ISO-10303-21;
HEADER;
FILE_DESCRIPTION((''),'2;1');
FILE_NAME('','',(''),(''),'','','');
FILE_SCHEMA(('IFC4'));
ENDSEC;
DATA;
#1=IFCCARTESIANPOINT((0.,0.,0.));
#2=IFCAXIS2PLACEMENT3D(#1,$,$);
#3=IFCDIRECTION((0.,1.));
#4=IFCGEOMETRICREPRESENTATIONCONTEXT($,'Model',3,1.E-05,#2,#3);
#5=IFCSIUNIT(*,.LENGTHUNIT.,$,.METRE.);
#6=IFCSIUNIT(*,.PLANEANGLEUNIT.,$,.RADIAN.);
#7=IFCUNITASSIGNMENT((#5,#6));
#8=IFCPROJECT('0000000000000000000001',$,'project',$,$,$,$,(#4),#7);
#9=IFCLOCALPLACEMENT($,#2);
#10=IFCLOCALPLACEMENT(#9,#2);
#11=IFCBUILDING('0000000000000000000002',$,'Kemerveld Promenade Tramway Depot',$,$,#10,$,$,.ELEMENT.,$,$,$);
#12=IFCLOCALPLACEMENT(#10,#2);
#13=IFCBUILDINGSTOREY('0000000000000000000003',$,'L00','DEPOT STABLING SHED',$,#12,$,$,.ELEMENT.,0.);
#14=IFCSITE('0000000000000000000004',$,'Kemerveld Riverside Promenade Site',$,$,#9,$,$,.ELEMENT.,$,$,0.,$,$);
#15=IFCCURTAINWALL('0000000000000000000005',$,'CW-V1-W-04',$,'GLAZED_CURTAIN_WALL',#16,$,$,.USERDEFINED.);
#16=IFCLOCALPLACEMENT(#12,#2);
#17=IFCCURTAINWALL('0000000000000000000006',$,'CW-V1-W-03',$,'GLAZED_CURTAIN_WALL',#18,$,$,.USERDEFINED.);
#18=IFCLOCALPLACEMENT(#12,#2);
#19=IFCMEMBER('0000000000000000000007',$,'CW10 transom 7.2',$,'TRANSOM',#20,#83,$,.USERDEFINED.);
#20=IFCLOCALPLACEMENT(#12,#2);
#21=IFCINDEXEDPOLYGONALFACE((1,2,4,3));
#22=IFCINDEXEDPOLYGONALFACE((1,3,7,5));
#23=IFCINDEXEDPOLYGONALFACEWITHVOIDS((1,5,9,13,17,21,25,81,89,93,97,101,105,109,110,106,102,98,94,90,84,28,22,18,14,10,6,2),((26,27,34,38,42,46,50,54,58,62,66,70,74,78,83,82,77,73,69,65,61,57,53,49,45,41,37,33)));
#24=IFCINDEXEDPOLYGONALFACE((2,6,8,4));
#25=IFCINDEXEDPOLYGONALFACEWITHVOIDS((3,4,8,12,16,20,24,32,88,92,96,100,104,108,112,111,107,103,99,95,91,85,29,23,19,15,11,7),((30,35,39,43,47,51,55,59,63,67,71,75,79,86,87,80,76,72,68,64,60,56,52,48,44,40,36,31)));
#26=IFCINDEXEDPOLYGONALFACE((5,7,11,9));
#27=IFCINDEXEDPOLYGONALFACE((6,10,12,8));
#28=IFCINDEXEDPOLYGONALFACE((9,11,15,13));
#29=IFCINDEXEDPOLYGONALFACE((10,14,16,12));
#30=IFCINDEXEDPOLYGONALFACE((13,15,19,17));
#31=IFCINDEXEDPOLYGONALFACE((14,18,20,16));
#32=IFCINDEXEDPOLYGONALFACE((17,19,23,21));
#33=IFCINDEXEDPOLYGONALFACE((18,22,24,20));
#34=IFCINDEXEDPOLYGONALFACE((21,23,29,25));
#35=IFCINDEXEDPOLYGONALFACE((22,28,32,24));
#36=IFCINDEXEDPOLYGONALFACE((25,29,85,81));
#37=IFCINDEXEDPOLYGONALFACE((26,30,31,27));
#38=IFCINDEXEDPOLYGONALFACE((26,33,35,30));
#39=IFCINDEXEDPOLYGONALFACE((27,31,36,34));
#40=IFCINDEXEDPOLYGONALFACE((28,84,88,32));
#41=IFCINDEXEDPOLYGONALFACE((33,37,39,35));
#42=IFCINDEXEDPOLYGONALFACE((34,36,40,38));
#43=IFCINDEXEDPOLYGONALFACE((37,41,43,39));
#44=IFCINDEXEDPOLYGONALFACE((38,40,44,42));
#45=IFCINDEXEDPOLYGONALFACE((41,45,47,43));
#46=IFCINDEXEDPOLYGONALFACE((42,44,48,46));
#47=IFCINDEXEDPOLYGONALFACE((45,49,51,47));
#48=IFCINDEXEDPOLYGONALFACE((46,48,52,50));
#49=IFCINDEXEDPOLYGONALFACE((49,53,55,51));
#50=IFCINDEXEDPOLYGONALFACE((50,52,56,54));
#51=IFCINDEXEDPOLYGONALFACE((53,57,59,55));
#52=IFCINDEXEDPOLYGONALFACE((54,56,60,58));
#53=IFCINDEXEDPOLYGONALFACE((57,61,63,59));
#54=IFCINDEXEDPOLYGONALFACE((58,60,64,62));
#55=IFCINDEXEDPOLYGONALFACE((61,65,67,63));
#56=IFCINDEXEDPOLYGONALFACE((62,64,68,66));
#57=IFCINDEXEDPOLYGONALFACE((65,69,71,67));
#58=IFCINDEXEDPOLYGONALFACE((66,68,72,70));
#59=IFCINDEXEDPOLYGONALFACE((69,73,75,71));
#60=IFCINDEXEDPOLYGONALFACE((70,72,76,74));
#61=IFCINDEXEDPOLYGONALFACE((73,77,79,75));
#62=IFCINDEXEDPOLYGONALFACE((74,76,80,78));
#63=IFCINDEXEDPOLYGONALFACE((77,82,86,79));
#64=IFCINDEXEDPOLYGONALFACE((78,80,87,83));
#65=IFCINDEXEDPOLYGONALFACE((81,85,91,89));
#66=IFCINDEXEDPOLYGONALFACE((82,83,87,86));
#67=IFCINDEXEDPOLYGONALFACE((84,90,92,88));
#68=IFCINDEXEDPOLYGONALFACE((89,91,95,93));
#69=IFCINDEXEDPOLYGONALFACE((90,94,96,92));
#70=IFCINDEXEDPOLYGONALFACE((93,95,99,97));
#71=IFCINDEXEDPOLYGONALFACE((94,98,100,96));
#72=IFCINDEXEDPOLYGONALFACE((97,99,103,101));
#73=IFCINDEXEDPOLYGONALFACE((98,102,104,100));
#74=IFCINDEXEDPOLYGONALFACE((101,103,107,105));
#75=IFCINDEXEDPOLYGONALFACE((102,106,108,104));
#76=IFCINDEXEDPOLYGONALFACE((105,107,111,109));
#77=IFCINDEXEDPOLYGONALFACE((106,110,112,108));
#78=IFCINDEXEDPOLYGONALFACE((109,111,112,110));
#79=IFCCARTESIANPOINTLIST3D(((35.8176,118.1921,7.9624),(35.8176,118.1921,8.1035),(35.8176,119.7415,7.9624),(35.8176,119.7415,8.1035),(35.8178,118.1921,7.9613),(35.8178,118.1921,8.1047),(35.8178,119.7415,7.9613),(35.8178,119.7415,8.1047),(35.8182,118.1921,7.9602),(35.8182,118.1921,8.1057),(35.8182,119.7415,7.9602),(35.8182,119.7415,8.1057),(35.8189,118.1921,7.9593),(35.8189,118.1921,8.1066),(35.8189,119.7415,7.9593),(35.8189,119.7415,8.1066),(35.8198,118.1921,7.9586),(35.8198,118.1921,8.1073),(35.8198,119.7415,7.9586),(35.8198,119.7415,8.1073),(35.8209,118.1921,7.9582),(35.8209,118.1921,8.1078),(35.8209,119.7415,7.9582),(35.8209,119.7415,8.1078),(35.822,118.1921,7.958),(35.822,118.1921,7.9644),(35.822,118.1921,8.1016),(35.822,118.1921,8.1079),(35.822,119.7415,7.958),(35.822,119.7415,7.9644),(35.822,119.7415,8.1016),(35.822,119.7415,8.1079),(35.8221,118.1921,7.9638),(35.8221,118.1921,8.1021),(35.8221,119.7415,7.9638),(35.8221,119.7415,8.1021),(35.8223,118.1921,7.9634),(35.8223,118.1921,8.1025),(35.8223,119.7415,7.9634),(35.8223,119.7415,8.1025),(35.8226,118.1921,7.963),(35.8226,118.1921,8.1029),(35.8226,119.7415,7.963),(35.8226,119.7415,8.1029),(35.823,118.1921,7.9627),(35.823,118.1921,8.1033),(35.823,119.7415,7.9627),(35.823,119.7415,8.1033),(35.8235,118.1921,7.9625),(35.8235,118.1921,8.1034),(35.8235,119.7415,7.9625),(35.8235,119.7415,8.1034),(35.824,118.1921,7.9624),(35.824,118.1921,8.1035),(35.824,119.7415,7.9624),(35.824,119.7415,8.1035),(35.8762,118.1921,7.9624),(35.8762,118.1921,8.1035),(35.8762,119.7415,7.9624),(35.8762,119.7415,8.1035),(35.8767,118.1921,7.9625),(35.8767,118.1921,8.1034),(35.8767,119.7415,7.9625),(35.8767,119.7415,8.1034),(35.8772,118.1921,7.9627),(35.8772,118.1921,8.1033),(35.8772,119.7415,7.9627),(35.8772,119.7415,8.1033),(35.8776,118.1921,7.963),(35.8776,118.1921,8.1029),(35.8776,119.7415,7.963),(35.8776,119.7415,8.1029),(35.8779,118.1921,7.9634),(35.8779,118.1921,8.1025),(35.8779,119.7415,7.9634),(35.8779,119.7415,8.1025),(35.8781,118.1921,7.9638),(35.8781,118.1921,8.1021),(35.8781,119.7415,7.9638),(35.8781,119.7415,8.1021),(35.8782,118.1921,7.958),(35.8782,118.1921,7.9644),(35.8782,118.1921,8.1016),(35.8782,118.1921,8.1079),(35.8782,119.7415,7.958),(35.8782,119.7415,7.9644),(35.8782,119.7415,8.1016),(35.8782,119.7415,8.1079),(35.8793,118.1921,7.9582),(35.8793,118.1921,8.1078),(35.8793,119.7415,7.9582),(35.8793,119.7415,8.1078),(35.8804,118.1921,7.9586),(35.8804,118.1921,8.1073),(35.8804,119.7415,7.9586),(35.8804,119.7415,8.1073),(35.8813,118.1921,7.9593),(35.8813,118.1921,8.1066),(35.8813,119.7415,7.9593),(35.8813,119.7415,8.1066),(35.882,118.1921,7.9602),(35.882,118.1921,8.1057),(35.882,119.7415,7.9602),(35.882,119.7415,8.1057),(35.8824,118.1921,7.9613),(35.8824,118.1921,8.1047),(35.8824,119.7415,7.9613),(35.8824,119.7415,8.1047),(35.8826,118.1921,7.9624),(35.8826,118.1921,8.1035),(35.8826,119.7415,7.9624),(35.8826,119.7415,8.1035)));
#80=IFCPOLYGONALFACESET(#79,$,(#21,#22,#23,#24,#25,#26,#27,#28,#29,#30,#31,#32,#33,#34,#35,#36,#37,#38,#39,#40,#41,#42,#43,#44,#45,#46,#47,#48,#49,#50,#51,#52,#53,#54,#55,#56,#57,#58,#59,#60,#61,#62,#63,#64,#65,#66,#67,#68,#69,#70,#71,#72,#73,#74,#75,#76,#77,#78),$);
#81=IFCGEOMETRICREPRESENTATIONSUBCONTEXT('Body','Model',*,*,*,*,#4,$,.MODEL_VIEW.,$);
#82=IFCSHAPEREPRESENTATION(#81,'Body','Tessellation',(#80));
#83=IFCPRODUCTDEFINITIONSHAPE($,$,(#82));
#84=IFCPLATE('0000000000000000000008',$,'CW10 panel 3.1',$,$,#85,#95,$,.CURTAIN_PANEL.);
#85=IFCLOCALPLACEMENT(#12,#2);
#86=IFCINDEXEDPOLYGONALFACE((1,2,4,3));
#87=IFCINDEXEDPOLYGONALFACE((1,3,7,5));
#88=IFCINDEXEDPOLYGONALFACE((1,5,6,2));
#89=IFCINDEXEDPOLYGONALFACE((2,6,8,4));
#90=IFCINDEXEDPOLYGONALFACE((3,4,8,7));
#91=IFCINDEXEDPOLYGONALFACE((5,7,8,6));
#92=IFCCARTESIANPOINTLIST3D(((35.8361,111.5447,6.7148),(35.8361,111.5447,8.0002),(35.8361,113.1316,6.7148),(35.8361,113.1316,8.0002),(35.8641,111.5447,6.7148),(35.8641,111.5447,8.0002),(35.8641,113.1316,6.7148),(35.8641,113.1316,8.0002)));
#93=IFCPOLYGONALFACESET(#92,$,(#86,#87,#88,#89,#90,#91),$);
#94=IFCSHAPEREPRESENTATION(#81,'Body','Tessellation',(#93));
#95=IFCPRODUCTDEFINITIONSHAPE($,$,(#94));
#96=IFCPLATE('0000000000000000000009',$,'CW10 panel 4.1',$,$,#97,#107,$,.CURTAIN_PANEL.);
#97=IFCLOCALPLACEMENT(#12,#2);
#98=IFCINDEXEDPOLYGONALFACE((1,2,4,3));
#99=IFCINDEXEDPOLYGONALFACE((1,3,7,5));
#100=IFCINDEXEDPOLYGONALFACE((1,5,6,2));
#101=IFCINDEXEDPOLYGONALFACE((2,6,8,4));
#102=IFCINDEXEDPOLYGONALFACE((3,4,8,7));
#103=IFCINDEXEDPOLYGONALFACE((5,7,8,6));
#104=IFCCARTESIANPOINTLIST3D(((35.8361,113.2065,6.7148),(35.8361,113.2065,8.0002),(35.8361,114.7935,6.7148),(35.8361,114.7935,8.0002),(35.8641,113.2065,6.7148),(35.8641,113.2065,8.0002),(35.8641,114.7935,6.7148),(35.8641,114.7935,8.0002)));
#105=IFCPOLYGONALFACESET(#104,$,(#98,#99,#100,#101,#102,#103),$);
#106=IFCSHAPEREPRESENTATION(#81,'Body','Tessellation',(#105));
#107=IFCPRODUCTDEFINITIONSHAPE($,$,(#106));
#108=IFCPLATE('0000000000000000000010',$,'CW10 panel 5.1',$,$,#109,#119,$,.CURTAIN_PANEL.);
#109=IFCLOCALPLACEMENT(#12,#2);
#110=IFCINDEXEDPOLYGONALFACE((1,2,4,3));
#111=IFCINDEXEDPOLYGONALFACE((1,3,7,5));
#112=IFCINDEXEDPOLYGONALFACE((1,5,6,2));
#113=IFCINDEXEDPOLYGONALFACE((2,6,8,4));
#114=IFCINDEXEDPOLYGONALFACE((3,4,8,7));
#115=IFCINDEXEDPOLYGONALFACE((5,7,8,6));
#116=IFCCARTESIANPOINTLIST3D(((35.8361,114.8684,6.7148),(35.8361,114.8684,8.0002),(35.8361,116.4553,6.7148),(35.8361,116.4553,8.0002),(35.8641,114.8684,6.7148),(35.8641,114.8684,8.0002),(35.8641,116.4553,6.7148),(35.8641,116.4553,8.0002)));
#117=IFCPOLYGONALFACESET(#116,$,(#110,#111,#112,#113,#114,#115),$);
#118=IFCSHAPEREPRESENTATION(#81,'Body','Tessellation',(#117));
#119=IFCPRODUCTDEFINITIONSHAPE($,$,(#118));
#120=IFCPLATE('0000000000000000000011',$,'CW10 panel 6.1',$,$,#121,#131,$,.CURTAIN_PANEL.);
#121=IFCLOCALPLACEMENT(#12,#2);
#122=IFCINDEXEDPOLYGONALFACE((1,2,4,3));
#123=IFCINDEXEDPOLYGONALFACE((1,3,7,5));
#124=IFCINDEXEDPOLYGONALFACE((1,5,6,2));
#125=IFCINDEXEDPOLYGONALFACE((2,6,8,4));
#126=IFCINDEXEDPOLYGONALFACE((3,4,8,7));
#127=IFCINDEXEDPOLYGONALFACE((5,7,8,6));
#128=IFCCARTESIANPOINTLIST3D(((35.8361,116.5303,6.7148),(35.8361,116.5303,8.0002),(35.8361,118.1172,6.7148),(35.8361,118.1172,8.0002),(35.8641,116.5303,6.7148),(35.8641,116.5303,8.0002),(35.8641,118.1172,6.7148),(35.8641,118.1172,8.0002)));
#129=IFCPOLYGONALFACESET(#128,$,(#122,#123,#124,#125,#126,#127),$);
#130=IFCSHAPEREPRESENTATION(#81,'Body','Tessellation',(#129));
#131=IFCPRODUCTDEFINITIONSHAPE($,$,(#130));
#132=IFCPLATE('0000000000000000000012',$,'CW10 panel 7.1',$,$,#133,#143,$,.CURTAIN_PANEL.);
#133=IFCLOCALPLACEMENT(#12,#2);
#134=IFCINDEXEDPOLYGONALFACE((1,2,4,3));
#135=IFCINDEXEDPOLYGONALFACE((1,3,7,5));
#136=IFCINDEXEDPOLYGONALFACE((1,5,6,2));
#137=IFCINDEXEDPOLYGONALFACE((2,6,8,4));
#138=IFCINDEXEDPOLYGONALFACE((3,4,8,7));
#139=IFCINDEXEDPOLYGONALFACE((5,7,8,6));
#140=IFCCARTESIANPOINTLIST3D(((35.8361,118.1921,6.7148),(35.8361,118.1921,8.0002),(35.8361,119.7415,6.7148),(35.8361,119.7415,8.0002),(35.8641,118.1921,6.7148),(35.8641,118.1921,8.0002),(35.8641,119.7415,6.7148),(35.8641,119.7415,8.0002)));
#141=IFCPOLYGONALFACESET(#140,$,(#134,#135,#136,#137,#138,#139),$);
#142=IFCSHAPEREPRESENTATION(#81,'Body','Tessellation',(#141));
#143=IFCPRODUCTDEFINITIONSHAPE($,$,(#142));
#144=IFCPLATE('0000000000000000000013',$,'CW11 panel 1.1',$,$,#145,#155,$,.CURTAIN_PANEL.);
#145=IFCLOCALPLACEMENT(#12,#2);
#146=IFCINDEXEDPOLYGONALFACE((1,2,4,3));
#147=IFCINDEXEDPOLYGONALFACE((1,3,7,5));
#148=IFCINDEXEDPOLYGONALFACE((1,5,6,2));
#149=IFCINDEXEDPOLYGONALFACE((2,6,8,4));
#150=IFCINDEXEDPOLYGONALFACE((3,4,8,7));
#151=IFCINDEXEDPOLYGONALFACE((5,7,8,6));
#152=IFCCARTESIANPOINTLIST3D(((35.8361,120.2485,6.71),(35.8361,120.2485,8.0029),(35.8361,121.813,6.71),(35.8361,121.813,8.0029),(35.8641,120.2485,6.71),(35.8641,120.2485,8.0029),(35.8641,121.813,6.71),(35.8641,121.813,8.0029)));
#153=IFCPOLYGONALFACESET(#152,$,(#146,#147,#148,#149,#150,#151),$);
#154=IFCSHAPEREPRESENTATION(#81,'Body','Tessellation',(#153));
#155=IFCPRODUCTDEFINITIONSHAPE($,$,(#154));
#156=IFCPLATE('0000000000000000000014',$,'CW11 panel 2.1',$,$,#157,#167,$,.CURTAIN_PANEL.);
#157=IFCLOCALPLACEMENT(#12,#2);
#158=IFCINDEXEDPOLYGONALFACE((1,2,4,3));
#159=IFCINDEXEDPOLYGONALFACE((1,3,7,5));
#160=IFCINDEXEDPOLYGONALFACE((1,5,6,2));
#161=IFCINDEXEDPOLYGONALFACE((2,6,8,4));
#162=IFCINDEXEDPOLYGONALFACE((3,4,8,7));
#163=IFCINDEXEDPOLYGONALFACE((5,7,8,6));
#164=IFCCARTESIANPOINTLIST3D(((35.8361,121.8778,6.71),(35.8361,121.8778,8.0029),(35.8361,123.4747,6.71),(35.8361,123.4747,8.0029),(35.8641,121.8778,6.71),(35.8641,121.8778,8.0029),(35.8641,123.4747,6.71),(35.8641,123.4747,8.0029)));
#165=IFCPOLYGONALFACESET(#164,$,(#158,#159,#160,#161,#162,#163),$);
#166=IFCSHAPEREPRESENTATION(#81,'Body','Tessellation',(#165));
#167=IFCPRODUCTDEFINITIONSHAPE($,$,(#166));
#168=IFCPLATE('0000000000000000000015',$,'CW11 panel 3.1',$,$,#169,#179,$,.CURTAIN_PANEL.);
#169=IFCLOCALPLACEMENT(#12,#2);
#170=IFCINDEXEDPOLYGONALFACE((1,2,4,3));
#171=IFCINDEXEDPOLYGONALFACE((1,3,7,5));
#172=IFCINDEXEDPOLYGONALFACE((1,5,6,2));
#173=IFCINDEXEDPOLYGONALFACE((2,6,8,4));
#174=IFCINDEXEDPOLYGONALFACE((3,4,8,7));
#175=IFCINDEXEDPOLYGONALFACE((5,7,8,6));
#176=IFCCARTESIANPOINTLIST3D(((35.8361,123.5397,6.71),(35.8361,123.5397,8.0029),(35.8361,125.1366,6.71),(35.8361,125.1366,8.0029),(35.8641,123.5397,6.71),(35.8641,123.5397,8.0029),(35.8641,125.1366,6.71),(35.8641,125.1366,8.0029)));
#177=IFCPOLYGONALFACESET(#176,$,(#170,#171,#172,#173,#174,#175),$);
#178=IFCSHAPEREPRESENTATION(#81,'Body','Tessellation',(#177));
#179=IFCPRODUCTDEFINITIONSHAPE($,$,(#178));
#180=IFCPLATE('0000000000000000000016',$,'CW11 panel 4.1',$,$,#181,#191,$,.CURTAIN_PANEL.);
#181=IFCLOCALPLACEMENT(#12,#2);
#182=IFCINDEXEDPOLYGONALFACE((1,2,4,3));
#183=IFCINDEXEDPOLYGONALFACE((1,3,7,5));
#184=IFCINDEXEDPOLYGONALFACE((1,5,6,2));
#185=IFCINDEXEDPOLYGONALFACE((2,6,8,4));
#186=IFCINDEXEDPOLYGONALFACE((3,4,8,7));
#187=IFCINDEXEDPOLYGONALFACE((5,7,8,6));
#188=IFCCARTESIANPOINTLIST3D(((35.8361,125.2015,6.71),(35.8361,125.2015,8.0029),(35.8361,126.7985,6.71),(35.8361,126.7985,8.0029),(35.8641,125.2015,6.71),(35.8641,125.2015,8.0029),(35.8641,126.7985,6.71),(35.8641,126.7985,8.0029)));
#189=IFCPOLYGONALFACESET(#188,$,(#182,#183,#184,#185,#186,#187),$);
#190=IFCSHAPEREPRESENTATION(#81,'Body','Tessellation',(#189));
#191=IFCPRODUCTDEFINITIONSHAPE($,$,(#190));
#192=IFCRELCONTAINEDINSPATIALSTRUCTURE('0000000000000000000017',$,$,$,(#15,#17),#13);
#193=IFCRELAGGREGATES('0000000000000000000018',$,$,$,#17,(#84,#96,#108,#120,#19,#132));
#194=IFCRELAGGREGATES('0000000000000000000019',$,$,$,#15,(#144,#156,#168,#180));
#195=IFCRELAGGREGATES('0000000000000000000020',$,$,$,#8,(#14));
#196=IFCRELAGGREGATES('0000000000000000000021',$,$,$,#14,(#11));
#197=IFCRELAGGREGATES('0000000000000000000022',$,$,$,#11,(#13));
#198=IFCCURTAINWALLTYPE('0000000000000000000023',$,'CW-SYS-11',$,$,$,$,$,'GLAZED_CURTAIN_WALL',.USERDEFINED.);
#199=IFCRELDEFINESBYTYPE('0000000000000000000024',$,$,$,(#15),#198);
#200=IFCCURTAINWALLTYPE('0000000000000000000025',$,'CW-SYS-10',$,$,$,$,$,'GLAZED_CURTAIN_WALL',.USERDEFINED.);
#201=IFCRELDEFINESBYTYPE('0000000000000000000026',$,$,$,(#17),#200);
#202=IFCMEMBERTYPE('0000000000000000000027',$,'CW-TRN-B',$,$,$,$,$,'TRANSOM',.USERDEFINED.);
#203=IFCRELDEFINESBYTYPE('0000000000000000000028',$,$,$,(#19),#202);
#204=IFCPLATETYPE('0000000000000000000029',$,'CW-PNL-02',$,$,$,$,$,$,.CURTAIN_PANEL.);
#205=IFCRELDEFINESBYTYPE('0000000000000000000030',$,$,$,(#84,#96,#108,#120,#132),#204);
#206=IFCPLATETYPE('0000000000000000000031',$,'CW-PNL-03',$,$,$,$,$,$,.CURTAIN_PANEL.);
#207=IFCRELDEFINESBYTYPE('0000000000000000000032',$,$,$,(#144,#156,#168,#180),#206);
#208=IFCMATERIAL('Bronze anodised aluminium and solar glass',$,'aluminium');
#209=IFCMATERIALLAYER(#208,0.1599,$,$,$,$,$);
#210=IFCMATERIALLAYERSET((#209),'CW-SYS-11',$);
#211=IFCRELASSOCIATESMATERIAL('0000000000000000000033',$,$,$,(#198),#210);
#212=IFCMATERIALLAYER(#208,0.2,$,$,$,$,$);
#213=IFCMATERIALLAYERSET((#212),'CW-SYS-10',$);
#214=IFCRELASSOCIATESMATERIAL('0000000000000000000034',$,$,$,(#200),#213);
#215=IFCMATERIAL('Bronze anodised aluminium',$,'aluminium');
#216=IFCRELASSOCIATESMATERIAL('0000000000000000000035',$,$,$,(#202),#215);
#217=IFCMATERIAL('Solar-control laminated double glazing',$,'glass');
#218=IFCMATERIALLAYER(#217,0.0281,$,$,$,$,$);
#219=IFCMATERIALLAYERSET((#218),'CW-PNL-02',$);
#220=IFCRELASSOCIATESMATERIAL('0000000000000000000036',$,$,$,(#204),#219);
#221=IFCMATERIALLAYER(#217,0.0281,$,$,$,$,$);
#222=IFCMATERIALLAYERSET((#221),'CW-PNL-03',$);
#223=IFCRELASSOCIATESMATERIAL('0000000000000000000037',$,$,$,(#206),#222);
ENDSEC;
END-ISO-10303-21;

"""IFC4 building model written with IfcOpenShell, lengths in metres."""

from ifc_helpers import new_model, si_unit, direction, frame, origin, origin_2d, place, context, subcontext, project, spatial, rectangle, hollow_rectangle, extrude, material, layer, layer_set, material_profile, profile_set, type_object, element, aggregate, save


model = new_model("IFC4")

# Units and contexts
model_context = context("Model", 3, precision=1e-05, world=origin(), true_north=direction((0.0, 1.0)))
body_context = subcontext(model_context, "Body", "Model", "MODEL_VIEW")
ifc_project = project(units=[si_unit("LENGTHUNIT", "METRE"), si_unit("PLANEANGLEUNIT", "RADIAN")], contexts=[model_context])

# Site, building, storey
site_placement = place(None, origin())
site = spatial("IfcSite", under=ifc_project, at=site_placement, Name="Kemerveld Riverside Promenade Site", CompositionType="ELEMENT", RefElevation=0.0)
building_placement = place(site_placement, origin())
building = spatial("IfcBuilding", under=site, at=building_placement, Name="Kemerveld Promenade Tramway Depot", CompositionType="ELEMENT")
storey_placement = place(building_placement, origin())
storey = spatial("IfcBuildingStorey", under=building, at=storey_placement, Name="L00", Description="DEPOT STABLING SHED", CompositionType="ELEMENT", Elevation=0.0)

# Curtain walls
ifc_material_1 = material(Name="Bronze anodised aluminium and solar glass", Category="aluminium")
ifc_layer_1 = layer(ifc_material_1, 0.1599)
ifc_layer_set_1 = layer_set([ifc_layer_1], Name="CW-SYS-11")
curtain_wall_type_1 = type_object("IfcCurtainWallType", Name="CW-SYS-11", ElementType="GLAZED_CURTAIN_WALL", PredefinedType="USERDEFINED", material=ifc_layer_set_1)
curtain_wall_1_placement = place(storey_placement, origin())
curtain_wall_1 = element("IfcCurtainWall", 1, at=curtain_wall_1_placement, inside=storey, type_object=curtain_wall_type_1, Name="CW-V1-W-04", ObjectType="GLAZED_CURTAIN_WALL", PredefinedType="USERDEFINED")
ifc_material_2 = material(Name="Bronze anodised aluminium", Category="aluminium")
ifc_layer_2 = layer(ifc_material_1, 0.2)
ifc_layer_set_2 = layer_set([ifc_layer_2], Name="CW-SYS-10")
curtain_wall_type_2 = type_object("IfcCurtainWallType", Name="CW-SYS-10", ElementType="GLAZED_CURTAIN_WALL", PredefinedType="USERDEFINED", material=ifc_layer_set_2)
curtain_wall_2_placement = place(storey_placement, origin())
curtain_wall_2 = element("IfcCurtainWall", 2, at=curtain_wall_2_placement, inside=storey, type_object=curtain_wall_type_2, Name="CW-V1-W-03", ObjectType="GLAZED_CURTAIN_WALL", PredefinedType="USERDEFINED")

# Member
ifc_material_profile_1 = material_profile(ifc_material_2, hollow_rectangle(XDim=0.0649, YDim=0.1499, WallThickness=0.0044, InnerFilletRadius=0.002, OuterFilletRadius=0.0044, at=origin_2d()), Name="CW-TRN-150x65")
ifc_profile_set_1 = profile_set([ifc_material_profile_1], Name="Bronze anodised aluminium")
member_type_1 = type_object("IfcMemberType", Name="CW-TRN-B", ElementType="TRANSOM", PredefinedType="USERDEFINED", material=ifc_profile_set_1)
member_1_placement = place(storey_placement, frame((35.8501, 118.1921, 8.033), z_axis=(0.0, 1.0, 0.0), x_axis=(-1.0, 0.0, 0.0)))
member_1 = element("IfcMember", 3, at=member_1_placement, type_object=member_type_1, Name="CW10 transom 7.2", ObjectType="TRANSOM", PredefinedType="USERDEFINED", context=body_context, shape_type="SweptSolid", body=[
    extrude(hollow_rectangle(XDim=0.0649, YDim=0.1499, WallThickness=0.0044, InnerFilletRadius=0.002, OuterFilletRadius=0.0044, at=origin_2d()), origin(), (0.0, 0.0, 1.0), 1.5493),
])

# Plates
ifc_material_3 = material(Name="Solar-control laminated double glazing", Category="glass")
ifc_layer_3 = layer(ifc_material_3, 0.0281)
ifc_layer_set_3 = layer_set([ifc_layer_3], Name="CW-PNL-02")
plate_type_1 = type_object("IfcPlateType", Name="CW-PNL-02", PredefinedType="CURTAIN_PANEL", material=ifc_layer_set_3)
plate_1_placement = place(storey_placement, frame((35.8501, 112.3381, 6.7148), z_axis=(0.0, 0.0, 1.0), x_axis=(0.0, 1.0, 0.0)))
plate_1 = element("IfcPlate", 4, at=plate_1_placement, type_object=plate_type_1, Name="CW10 panel 3.1", PredefinedType="CURTAIN_PANEL", context=body_context, shape_type="SweptSolid", body=[
    extrude(rectangle(XDim=1.5869, YDim=0.0281, at=origin_2d()), origin(), (0.0, 0.0, 1.0), 1.2854),
])
plate_2_placement = place(storey_placement, frame((35.8501, 114.0, 6.7148), z_axis=(0.0, 0.0, 1.0), x_axis=(0.0, 1.0, 0.0)))
plate_2 = element("IfcPlate", 5, at=plate_2_placement, type_object=plate_type_1, Name="CW10 panel 4.1", PredefinedType="CURTAIN_PANEL", context=body_context, shape_type="SweptSolid", body=[
    extrude(rectangle(XDim=1.5869, YDim=0.0281, at=origin_2d()), origin(), (0.0, 0.0, 1.0), 1.2854),
])
plate_3_placement = place(storey_placement, frame((35.8501, 115.6619, 6.7148), z_axis=(0.0, 0.0, 1.0), x_axis=(0.0, 1.0, 0.0)))
plate_3 = element("IfcPlate", 6, at=plate_3_placement, type_object=plate_type_1, Name="CW10 panel 5.1", PredefinedType="CURTAIN_PANEL", context=body_context, shape_type="SweptSolid", body=[
    extrude(rectangle(XDim=1.5869, YDim=0.0281, at=origin_2d()), origin(), (0.0, 0.0, 1.0), 1.2854),
])
plate_4_placement = place(storey_placement, frame((35.8501, 117.3237, 6.7148), z_axis=(0.0, 0.0, 1.0), x_axis=(0.0, 1.0, 0.0)))
plate_4 = element("IfcPlate", 7, at=plate_4_placement, type_object=plate_type_1, Name="CW10 panel 6.1", PredefinedType="CURTAIN_PANEL", context=body_context, shape_type="SweptSolid", body=[
    extrude(rectangle(XDim=1.5869, YDim=0.0281, at=origin_2d()), origin(), (0.0, 0.0, 1.0), 1.2854),
])
plate_5_placement = place(storey_placement, frame((35.8501, 118.9668, 6.7148), z_axis=(0.0, 0.0, 1.0), x_axis=(0.0, 1.0, 0.0)))
plate_5 = element("IfcPlate", 8, at=plate_5_placement, type_object=plate_type_1, Name="CW10 panel 7.1", PredefinedType="CURTAIN_PANEL", context=body_context, shape_type="SweptSolid", body=[
    extrude(rectangle(XDim=1.5493, YDim=0.0281, at=origin_2d()), origin(), (0.0, 0.0, 1.0), 1.2854),
])
aggregate(curtain_wall_2, [plate_1, plate_2, plate_3, plate_4, member_1, plate_5])
ifc_layer_4 = layer(ifc_material_3, 0.0281)
ifc_layer_set_4 = layer_set([ifc_layer_4], Name="CW-PNL-03")
plate_type_2 = type_object("IfcPlateType", Name="CW-PNL-03", PredefinedType="CURTAIN_PANEL", material=ifc_layer_set_4)
plate_6_placement = place(storey_placement, frame((35.8501, 121.0308, 6.71), z_axis=(0.0, 0.0, 1.0), x_axis=(0.0, 1.0, 0.0)))
plate_6 = element("IfcPlate", 9, at=plate_6_placement, type_object=plate_type_2, Name="CW11 panel 1.1", PredefinedType="CURTAIN_PANEL", context=body_context, shape_type="SweptSolid", body=[
    extrude(rectangle(XDim=1.5645, YDim=0.0281, at=origin_2d()), origin(), (0.0, 0.0, 1.0), 1.293),
])
plate_7_placement = place(storey_placement, frame((35.8501, 122.6763, 6.71), z_axis=(0.0, 0.0, 1.0), x_axis=(0.0, 1.0, 0.0)))
plate_7 = element("IfcPlate", 10, at=plate_7_placement, type_object=plate_type_2, Name="CW11 panel 2.1", PredefinedType="CURTAIN_PANEL", context=body_context, shape_type="SweptSolid", body=[
    extrude(rectangle(XDim=1.5969, YDim=0.0281, at=origin_2d()), origin(), (0.0, 0.0, 1.0), 1.293),
])
plate_8_placement = place(storey_placement, frame((35.8501, 124.3381, 6.71), z_axis=(0.0, 0.0, 1.0), x_axis=(0.0, 1.0, 0.0)))
plate_8 = element("IfcPlate", 11, at=plate_8_placement, type_object=plate_type_2, Name="CW11 panel 3.1", PredefinedType="CURTAIN_PANEL", context=body_context, shape_type="SweptSolid", body=[
    extrude(rectangle(XDim=1.5969, YDim=0.0281, at=origin_2d()), origin(), (0.0, 0.0, 1.0), 1.293),
])
plate_9_placement = place(storey_placement, frame((35.8501, 126.0, 6.71), z_axis=(0.0, 0.0, 1.0), x_axis=(0.0, 1.0, 0.0)))
plate_9 = element("IfcPlate", 12, at=plate_9_placement, type_object=plate_type_2, Name="CW11 panel 4.1", PredefinedType="CURTAIN_PANEL", context=body_context, shape_type="SweptSolid", body=[
    extrude(rectangle(XDim=1.5969, YDim=0.0281, at=origin_2d()), origin(), (0.0, 0.0, 1.0), 1.293),
])
aggregate(curtain_wall_1, [plate_6, plate_7, plate_8, plate_9])

save(model, "model.ifc")
